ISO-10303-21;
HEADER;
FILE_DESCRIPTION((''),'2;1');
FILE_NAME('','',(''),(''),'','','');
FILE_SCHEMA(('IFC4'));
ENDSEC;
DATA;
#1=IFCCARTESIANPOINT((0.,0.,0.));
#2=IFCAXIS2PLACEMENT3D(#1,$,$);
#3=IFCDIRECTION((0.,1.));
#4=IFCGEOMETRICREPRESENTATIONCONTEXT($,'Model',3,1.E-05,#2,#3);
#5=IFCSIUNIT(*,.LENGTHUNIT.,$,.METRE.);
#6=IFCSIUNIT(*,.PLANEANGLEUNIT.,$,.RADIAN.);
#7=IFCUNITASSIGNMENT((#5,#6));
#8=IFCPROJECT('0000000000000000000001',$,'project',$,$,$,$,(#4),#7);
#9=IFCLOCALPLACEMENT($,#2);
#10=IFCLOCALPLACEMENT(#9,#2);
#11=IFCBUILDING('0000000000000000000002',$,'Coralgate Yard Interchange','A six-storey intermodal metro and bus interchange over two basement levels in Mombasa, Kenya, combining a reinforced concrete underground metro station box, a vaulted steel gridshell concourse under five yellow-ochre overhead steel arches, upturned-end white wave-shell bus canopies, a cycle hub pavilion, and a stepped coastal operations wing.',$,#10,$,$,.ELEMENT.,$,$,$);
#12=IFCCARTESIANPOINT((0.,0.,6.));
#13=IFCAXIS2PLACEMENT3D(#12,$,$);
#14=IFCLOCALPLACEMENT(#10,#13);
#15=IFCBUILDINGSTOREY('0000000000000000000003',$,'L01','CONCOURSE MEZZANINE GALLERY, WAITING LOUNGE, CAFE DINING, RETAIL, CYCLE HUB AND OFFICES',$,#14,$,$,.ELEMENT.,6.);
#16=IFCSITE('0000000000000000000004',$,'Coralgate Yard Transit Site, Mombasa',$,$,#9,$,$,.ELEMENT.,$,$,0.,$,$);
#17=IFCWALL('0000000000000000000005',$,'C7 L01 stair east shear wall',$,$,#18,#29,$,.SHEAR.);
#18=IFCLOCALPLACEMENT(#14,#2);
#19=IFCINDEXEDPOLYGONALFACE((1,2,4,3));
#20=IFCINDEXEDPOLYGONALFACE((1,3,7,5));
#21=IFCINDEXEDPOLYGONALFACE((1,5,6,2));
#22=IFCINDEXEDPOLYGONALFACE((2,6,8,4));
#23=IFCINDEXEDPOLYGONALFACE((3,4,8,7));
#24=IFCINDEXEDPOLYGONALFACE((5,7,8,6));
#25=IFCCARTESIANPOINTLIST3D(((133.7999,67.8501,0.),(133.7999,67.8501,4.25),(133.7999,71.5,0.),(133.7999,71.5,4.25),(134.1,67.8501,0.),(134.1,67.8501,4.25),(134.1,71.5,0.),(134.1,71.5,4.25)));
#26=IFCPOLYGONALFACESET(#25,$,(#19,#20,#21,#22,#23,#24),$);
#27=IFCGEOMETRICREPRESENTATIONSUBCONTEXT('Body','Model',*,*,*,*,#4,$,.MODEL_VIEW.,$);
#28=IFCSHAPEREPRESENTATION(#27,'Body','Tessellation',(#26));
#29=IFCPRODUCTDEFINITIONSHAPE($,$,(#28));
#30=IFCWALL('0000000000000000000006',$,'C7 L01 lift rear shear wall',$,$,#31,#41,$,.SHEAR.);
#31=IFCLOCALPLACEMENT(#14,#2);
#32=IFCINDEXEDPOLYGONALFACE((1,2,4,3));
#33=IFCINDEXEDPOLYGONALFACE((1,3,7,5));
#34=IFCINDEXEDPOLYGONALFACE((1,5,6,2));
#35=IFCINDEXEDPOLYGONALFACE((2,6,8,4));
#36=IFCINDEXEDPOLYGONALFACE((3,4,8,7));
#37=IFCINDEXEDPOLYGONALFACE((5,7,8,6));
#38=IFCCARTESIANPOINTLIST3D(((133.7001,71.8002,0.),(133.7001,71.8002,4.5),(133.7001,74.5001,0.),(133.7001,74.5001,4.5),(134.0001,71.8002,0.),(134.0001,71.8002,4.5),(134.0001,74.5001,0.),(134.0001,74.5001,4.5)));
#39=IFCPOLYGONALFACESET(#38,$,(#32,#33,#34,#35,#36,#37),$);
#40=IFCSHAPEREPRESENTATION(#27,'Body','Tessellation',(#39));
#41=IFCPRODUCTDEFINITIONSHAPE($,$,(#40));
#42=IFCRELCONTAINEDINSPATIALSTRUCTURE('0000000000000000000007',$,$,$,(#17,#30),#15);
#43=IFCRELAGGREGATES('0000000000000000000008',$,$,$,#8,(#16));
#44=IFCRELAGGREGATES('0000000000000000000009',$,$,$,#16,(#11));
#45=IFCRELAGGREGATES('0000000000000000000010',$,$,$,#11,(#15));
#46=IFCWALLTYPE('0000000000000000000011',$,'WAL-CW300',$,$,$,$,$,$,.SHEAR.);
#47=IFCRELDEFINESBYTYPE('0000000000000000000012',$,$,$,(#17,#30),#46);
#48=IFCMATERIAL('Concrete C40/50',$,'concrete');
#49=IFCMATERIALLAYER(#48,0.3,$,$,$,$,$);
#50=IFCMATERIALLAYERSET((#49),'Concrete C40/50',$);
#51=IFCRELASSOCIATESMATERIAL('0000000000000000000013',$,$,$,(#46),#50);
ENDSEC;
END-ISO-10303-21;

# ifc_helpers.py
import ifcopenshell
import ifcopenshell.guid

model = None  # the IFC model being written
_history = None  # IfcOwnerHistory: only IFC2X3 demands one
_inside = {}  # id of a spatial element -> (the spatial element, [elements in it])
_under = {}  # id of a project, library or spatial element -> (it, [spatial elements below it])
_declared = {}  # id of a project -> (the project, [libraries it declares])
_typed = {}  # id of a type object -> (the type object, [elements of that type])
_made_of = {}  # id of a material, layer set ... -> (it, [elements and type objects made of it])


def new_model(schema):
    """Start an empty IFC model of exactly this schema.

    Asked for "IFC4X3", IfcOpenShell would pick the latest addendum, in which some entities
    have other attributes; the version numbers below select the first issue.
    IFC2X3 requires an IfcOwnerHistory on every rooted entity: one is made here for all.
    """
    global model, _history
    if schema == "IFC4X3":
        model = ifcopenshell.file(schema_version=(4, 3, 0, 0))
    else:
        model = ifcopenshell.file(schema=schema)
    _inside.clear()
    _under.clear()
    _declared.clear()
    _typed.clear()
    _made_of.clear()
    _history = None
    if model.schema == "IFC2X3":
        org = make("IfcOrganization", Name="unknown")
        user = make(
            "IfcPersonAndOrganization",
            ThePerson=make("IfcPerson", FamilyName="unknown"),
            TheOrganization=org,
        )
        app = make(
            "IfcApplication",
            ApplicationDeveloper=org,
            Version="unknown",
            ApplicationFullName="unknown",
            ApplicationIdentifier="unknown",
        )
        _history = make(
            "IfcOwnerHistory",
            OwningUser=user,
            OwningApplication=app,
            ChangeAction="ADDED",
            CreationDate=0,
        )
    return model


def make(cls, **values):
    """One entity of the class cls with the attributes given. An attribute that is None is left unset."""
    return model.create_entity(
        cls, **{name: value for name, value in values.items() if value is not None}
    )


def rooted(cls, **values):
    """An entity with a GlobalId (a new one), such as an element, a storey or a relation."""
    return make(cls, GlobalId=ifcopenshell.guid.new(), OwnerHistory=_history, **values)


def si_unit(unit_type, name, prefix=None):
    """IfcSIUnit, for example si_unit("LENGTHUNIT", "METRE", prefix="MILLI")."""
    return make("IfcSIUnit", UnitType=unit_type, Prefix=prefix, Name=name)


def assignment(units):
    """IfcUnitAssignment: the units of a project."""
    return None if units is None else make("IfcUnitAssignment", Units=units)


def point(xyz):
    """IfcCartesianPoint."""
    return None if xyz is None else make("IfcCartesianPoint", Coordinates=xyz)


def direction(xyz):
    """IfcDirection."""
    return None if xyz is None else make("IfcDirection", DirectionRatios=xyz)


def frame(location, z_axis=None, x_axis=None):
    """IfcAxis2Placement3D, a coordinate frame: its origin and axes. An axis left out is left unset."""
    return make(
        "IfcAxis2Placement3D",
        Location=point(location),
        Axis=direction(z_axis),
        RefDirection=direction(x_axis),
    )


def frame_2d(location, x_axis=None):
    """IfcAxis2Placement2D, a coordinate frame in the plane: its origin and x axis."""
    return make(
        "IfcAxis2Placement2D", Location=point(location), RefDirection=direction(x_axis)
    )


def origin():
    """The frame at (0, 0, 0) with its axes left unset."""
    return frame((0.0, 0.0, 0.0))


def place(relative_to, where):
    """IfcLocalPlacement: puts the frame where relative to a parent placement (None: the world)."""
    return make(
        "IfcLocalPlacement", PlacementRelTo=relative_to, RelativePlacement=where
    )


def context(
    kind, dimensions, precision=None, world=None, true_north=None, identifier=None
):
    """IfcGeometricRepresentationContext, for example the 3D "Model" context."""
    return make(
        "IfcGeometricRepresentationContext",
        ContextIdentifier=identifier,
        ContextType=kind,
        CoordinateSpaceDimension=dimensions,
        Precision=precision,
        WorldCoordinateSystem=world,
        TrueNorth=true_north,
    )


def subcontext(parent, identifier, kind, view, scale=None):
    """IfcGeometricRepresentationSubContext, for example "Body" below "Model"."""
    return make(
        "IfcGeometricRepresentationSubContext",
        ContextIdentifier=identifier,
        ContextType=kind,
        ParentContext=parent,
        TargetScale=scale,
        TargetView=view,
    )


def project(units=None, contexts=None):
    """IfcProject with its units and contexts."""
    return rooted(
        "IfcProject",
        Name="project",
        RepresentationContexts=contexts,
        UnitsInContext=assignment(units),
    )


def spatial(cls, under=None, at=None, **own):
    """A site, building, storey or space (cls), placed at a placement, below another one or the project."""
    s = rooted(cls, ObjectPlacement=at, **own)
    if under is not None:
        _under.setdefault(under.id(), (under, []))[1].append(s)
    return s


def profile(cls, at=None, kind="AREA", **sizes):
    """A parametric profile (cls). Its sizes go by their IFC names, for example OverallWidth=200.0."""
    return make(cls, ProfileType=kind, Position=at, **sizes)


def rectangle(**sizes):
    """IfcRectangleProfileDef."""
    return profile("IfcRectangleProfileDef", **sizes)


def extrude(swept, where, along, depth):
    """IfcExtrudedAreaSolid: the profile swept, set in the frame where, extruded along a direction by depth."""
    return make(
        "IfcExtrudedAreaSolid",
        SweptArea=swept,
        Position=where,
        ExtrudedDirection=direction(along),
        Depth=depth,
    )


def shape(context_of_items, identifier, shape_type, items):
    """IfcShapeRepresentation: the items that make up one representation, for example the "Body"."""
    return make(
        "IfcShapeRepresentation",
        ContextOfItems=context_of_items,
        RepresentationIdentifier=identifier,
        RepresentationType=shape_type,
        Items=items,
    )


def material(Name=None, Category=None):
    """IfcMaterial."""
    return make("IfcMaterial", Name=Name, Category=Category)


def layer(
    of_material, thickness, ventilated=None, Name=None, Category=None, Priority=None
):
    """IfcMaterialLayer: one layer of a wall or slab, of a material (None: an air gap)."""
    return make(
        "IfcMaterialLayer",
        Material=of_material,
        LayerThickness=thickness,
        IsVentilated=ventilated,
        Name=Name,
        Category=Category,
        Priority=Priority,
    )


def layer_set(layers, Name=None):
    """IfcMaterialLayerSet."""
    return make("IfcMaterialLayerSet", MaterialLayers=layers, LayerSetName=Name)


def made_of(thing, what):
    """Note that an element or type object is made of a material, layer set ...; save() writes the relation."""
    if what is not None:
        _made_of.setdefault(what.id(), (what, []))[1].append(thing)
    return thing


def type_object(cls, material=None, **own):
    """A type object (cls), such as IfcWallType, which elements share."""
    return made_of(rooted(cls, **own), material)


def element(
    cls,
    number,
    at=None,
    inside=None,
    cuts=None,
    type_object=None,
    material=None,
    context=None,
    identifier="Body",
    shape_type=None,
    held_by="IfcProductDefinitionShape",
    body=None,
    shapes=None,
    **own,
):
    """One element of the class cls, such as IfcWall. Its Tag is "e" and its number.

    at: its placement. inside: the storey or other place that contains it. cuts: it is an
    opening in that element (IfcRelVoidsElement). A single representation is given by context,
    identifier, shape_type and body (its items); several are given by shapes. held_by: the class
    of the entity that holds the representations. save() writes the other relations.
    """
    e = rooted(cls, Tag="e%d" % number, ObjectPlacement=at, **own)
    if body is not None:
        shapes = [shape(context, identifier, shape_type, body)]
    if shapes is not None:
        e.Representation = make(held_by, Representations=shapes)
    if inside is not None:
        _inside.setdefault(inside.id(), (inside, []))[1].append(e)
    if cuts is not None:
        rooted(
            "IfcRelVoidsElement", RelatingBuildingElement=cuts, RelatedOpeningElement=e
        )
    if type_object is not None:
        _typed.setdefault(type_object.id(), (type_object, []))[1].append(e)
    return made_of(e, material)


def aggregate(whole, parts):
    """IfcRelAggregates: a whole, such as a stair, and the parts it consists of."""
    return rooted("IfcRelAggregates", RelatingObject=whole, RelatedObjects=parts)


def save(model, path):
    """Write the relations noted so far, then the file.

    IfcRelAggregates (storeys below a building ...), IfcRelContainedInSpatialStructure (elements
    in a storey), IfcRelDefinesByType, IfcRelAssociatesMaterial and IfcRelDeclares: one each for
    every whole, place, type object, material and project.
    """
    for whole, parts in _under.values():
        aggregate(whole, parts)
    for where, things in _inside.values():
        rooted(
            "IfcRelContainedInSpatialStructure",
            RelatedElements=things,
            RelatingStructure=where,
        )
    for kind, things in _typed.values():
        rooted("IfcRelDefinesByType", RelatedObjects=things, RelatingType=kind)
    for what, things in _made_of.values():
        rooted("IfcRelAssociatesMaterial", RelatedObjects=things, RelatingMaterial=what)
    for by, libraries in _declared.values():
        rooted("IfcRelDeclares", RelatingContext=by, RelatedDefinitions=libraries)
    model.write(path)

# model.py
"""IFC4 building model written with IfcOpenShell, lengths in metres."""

from ifc_helpers import new_model, si_unit, direction, frame, frame_2d, origin, place, context, subcontext, project, spatial, rectangle, extrude, material, layer, layer_set, type_object, element, save


model = new_model("IFC4")

# Units and contexts
model_context = context("Model", 3, precision=1e-05, world=origin(), true_north=direction((0.0, 1.0)))
body_context = subcontext(model_context, "Body", "Model", "MODEL_VIEW")
ifc_project = project(units=[si_unit("LENGTHUNIT", "METRE"), si_unit("PLANEANGLEUNIT", "RADIAN")], contexts=[model_context])

# Site, building, storey
site_placement = place(None, origin())
site = spatial("IfcSite", under=ifc_project, at=site_placement, Name="Coralgate Yard Transit Site, Mombasa", CompositionType="ELEMENT", RefElevation=0.0)
building_placement = place(site_placement, origin())
building = spatial("IfcBuilding", under=site, at=building_placement, Name="Coralgate Yard Interchange", Description="A six-storey intermodal metro and bus interchange over two basement levels in Mombasa, Kenya, combining a reinforced concrete underground metro station box, a vaulted steel gridshell concourse under five yellow-ochre overhead steel arches, upturned-end white wave-shell bus canopies, a cycle hub pavilion, and a stepped coastal operations wing.", CompositionType="ELEMENT")
storey_placement = place(building_placement, frame((0.0, 0.0, 6.0)))
storey = spatial("IfcBuildingStorey", under=building, at=storey_placement, Name="L01", Description="CONCOURSE MEZZANINE GALLERY, WAITING LOUNGE, CAFE DINING, RETAIL, CYCLE HUB AND OFFICES", CompositionType="ELEMENT", Elevation=6.0)

# Shared definitions
ifc_material_1 = material(Name="Concrete C40/50", Category="concrete")
ifc_layer_1 = layer(ifc_material_1, 0.3)
ifc_layer_set_1 = layer_set([ifc_layer_1], Name="Concrete C40/50")
wall_type = type_object("IfcWallType", Name="WAL-CW300", PredefinedType="SHEAR", material=ifc_layer_set_1)

# Walls
wall_1_placement = place(storey_placement, frame((133.95, 71.5, 0.0), z_axis=(0.0, 0.0, 1.0), x_axis=(0.0, -1.0, 0.0)))
element("IfcWall", 1, at=wall_1_placement, inside=storey, type_object=wall_type, Name="C7 L01 stair east shear wall", PredefinedType="SHEAR", context=body_context, shape_type="SweptSolid", body=[
    extrude(rectangle(XDim=3.6499, YDim=0.3, at=frame_2d((1.825, 0.0))), origin(), (0.0, 0.0, 1.0), 4.25),
])
wall_2_placement = place(storey_placement, frame((133.8501, 71.8, 0.0), z_axis=(0.0, 0.0, 1.0), x_axis=(0.0, 1.0, 0.0)))
element("IfcWall", 2, at=wall_2_placement, inside=storey, type_object=wall_type, Name="C7 L01 lift rear shear wall", PredefinedType="SHEAR", context=body_context, shape_type="SweptSolid", body=[
    extrude(rectangle(XDim=2.7, YDim=0.3, at=frame_2d((1.3501, 0.0))), origin(), (0.0, 0.0, 1.0), 4.5),
])

save(model, "model.ifc")
